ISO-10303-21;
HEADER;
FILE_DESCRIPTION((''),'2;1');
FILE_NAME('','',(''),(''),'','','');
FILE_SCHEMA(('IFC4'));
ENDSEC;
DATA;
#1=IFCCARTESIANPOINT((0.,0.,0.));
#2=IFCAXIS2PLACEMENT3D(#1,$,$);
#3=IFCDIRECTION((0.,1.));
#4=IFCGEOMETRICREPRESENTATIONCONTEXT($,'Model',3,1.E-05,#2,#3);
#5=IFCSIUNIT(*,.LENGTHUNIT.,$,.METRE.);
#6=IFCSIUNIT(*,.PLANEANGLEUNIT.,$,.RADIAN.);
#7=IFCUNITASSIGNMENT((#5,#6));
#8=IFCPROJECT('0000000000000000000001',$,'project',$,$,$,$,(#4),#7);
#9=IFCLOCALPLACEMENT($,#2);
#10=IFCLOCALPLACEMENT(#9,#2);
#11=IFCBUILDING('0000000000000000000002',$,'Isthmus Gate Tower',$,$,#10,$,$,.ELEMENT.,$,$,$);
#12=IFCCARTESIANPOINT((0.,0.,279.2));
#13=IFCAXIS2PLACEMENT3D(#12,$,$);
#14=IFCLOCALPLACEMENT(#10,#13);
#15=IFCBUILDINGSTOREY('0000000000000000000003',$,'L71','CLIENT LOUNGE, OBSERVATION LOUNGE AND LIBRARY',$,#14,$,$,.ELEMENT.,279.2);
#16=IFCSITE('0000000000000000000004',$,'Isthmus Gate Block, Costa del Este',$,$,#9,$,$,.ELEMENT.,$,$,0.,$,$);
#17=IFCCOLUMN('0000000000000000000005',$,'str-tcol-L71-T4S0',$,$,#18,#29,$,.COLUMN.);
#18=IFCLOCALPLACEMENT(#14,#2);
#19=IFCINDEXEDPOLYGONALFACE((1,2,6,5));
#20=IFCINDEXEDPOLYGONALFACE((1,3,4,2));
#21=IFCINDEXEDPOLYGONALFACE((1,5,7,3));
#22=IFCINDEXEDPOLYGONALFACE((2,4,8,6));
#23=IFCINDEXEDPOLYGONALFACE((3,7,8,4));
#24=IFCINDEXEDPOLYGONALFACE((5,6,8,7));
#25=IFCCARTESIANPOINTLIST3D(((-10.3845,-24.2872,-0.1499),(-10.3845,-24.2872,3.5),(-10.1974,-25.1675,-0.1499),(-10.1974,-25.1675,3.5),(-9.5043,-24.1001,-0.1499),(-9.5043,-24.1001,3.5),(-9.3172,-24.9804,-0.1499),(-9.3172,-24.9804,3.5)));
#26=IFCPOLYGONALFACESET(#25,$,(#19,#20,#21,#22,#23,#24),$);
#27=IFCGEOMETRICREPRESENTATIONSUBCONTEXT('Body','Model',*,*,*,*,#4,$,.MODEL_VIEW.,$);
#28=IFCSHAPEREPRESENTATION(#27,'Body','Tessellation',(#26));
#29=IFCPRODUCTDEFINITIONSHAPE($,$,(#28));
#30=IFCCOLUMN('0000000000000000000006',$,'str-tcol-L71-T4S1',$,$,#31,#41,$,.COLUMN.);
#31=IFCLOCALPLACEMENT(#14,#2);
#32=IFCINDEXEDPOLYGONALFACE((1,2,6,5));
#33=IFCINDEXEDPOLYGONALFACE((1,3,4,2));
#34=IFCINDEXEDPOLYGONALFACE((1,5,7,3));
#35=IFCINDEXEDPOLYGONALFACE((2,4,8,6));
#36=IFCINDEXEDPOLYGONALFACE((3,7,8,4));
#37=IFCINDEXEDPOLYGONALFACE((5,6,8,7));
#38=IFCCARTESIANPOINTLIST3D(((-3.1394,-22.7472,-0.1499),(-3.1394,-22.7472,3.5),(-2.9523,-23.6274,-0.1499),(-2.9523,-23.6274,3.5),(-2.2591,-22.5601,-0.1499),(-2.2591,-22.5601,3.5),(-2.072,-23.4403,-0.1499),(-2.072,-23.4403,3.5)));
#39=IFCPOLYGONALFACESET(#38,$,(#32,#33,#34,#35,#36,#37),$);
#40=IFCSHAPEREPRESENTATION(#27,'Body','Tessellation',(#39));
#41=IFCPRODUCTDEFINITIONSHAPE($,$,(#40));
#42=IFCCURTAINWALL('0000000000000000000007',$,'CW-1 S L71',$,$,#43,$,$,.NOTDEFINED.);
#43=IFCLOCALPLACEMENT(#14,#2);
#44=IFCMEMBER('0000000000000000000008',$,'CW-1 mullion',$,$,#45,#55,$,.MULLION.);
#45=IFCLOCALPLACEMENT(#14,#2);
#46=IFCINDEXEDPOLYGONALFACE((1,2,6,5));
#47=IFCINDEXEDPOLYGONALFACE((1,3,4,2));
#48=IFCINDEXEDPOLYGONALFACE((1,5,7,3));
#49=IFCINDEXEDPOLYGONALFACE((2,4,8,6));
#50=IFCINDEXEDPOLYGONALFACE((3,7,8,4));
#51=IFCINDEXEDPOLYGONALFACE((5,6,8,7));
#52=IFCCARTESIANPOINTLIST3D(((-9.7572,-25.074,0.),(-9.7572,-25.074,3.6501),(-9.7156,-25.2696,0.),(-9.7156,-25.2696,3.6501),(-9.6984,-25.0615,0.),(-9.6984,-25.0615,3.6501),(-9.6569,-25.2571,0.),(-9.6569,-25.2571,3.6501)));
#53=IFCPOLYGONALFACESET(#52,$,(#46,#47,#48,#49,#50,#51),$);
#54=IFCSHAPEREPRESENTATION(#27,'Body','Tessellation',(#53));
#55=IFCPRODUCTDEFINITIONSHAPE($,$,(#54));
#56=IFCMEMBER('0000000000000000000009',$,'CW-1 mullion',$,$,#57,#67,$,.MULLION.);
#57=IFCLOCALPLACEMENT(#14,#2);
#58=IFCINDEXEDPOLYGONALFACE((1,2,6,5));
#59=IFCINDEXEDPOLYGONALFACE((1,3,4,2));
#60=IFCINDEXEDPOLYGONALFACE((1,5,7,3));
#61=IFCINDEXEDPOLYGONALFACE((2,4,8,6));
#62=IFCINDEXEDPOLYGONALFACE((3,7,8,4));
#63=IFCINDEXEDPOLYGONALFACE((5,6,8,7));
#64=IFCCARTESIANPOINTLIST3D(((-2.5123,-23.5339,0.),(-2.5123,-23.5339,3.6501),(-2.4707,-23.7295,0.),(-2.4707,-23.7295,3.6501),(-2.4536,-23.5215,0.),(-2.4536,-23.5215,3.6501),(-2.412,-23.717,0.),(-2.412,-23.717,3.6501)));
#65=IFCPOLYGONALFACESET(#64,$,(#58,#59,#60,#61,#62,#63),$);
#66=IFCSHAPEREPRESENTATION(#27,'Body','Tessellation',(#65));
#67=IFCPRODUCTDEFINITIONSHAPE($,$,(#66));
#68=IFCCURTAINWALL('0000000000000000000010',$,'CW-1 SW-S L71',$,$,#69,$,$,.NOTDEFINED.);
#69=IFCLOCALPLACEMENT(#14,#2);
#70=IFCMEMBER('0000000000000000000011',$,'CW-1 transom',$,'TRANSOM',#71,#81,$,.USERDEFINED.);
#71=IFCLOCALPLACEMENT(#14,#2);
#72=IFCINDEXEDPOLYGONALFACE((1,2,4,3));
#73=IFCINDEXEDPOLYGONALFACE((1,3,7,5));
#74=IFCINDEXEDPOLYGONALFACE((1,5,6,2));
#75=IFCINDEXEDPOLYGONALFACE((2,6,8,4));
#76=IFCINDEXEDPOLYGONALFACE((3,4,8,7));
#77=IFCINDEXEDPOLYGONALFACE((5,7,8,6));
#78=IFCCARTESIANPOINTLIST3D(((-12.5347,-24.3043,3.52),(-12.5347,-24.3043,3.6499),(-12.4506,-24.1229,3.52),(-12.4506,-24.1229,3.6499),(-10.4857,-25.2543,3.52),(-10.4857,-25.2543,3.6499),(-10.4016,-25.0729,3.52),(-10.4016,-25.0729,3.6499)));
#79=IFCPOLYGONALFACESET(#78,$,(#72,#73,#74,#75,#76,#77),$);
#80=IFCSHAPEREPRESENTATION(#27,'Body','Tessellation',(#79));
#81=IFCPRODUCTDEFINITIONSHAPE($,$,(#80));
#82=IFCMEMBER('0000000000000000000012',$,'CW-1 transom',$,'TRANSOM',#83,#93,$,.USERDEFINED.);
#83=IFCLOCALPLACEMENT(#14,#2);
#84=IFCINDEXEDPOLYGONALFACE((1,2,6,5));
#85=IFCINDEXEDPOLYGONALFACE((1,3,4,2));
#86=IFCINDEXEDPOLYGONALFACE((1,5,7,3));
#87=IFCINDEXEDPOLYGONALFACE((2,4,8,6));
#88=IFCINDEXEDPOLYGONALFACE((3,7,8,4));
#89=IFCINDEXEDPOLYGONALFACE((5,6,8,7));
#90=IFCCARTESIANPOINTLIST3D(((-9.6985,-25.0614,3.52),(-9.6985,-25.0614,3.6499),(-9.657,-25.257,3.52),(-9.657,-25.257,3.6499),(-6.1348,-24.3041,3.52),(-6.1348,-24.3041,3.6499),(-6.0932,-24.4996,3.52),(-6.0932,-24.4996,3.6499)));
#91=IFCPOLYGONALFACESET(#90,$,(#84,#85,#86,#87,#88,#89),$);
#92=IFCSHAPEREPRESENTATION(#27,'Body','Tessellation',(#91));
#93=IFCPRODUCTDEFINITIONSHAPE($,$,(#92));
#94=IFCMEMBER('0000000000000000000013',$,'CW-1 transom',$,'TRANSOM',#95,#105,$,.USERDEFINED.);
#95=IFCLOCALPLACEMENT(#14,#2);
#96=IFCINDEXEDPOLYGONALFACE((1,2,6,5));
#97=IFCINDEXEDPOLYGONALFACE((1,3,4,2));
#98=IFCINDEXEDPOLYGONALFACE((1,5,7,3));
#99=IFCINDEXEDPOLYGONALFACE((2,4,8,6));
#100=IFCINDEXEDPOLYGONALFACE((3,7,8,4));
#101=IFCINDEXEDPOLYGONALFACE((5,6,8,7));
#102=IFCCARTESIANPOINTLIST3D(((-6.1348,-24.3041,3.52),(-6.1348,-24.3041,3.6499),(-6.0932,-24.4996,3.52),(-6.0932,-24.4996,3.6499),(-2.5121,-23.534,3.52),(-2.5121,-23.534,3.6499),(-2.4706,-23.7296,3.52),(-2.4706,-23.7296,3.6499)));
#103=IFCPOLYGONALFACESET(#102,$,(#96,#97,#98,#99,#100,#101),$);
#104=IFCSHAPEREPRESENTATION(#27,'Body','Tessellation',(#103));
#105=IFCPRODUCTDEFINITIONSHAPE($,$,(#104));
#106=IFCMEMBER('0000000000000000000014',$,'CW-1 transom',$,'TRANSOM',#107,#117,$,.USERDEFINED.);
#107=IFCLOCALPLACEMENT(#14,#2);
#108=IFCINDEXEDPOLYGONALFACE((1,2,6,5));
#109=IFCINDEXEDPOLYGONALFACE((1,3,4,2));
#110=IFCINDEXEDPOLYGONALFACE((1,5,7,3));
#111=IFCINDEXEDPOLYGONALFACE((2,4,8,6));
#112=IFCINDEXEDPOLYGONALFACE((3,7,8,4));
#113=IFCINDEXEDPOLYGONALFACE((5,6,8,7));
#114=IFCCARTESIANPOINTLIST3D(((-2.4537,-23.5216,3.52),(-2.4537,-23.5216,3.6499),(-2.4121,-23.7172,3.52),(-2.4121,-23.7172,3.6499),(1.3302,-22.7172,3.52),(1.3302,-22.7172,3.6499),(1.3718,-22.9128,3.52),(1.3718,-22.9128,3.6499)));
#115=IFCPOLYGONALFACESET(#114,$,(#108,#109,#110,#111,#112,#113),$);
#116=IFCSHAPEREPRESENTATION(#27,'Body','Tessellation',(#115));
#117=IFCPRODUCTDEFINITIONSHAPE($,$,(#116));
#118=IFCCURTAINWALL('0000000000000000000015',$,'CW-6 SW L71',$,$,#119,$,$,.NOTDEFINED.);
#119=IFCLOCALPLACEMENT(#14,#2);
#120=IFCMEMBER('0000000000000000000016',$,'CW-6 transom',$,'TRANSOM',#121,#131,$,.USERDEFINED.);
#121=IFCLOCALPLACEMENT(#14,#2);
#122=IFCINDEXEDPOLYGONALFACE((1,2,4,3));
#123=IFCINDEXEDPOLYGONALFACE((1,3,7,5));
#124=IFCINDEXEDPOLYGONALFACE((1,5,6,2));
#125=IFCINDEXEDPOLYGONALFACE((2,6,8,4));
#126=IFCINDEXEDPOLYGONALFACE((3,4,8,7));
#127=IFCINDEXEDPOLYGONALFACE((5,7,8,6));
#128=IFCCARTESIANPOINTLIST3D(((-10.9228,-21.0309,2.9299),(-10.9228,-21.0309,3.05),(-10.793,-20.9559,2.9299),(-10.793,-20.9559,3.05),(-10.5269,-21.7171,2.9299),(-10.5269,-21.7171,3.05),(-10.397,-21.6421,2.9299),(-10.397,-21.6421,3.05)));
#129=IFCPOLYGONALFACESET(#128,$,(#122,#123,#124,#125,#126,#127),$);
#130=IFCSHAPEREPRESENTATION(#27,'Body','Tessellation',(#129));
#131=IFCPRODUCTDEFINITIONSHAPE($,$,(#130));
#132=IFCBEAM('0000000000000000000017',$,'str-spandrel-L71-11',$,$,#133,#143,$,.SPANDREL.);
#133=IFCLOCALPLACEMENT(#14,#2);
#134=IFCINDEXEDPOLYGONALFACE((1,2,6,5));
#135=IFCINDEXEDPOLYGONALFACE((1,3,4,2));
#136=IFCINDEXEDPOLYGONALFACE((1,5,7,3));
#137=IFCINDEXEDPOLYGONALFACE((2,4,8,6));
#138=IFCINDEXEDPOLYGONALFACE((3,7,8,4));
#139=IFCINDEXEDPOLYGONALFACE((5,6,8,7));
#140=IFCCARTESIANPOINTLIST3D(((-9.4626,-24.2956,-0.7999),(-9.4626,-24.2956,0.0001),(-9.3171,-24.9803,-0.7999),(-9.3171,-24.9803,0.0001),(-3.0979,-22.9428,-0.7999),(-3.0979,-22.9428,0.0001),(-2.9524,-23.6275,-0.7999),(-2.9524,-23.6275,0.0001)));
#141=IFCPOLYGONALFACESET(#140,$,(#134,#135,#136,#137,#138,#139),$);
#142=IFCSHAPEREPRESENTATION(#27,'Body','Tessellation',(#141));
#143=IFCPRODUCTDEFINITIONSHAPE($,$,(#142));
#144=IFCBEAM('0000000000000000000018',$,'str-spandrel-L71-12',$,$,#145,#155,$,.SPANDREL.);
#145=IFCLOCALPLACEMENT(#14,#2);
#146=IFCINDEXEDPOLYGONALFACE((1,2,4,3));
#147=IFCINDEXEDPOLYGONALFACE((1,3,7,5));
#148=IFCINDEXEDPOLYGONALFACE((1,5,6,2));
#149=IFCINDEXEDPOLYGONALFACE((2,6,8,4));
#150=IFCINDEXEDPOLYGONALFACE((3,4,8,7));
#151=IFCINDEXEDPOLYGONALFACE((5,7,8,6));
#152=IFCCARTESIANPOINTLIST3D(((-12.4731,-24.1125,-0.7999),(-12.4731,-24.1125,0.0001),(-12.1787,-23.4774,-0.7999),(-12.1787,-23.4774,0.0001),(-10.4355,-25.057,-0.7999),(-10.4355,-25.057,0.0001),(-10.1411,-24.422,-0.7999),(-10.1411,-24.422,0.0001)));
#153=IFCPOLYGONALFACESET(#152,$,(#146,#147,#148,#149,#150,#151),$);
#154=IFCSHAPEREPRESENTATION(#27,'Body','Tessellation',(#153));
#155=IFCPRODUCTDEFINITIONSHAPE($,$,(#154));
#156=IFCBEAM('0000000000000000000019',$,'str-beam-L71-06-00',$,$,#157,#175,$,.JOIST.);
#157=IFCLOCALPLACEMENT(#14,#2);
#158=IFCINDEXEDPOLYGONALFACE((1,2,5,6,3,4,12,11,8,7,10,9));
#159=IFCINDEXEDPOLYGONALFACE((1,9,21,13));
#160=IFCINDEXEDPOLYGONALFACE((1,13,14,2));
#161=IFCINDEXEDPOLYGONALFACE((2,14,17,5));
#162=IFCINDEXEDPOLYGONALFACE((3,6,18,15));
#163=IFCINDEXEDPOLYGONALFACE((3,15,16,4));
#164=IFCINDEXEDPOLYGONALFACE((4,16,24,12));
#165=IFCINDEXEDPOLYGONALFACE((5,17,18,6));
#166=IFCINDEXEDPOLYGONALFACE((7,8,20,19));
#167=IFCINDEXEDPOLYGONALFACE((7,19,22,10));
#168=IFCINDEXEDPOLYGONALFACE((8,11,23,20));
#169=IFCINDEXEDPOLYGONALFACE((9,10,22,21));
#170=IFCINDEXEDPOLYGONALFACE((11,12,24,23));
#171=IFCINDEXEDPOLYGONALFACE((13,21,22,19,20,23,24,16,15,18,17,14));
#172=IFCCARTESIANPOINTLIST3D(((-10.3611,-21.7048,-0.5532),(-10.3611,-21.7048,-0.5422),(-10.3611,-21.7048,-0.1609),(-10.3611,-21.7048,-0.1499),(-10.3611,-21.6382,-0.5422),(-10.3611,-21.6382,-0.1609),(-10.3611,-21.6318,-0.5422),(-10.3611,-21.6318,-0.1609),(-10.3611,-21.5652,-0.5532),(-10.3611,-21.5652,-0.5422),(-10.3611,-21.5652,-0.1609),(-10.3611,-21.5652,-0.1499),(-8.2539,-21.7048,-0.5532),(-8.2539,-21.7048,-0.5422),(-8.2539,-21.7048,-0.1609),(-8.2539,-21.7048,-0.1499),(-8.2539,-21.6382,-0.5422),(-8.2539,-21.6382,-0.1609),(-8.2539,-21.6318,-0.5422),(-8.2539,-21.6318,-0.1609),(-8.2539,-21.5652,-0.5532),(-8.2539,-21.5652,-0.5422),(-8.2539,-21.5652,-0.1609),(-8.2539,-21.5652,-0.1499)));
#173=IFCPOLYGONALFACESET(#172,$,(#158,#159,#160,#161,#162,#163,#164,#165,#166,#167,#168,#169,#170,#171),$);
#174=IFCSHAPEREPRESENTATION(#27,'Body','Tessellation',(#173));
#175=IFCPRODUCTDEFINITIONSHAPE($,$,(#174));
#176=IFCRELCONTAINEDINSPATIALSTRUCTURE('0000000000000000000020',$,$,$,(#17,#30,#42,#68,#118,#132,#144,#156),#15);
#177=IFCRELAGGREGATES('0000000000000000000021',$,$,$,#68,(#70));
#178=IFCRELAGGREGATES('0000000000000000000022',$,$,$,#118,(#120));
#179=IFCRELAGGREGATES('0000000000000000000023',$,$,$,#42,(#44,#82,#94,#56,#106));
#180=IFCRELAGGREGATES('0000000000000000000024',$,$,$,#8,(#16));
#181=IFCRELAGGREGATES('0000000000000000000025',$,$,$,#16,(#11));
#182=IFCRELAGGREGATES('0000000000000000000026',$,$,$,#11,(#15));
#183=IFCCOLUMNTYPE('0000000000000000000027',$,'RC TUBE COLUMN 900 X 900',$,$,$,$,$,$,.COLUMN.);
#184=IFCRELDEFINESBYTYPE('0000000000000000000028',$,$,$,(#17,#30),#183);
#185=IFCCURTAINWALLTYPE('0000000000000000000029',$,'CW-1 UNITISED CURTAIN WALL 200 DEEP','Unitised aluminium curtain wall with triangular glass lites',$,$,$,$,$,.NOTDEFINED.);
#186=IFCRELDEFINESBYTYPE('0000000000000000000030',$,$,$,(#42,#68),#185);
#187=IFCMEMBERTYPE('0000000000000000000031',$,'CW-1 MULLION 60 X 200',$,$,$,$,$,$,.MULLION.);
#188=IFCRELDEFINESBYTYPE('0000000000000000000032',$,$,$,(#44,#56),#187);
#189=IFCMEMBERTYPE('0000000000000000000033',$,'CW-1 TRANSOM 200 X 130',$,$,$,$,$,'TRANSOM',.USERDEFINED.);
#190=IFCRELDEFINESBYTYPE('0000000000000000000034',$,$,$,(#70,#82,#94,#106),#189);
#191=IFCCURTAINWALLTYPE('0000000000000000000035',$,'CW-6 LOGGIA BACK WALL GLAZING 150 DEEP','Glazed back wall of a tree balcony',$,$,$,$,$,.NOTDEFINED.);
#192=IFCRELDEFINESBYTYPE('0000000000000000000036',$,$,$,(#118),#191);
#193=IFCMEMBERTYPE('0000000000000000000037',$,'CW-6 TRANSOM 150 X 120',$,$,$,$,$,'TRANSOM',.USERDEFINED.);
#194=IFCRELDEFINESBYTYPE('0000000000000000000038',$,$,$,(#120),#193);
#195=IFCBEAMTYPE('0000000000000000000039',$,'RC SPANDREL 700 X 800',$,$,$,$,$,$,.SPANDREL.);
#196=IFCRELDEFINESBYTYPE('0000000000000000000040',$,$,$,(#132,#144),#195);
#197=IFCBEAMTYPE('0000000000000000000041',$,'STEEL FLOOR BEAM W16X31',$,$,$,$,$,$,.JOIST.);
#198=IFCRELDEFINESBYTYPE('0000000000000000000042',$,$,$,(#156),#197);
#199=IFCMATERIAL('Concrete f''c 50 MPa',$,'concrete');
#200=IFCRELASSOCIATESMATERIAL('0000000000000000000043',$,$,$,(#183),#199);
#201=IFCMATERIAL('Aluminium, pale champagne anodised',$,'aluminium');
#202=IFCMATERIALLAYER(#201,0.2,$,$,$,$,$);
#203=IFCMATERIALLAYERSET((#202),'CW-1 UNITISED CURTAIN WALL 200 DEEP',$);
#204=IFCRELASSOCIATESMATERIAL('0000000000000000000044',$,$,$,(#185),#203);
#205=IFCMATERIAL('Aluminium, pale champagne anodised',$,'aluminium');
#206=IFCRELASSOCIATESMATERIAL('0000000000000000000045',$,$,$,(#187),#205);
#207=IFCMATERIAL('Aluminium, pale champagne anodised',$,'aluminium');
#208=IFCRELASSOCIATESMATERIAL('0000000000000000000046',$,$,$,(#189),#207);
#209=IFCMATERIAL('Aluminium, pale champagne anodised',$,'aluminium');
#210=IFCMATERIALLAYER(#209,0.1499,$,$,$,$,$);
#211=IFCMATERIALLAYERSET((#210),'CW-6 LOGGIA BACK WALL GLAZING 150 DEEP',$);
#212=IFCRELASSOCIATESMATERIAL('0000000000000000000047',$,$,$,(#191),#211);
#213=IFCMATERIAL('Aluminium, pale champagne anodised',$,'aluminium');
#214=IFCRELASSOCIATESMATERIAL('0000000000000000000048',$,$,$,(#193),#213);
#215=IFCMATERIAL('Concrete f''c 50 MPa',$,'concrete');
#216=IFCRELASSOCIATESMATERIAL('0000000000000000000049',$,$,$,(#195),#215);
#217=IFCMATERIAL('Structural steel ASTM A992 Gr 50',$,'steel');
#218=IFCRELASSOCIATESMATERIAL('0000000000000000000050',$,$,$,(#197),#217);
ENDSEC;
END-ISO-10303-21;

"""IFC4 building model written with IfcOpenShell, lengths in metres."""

from ifc_helpers import new_model, si_unit, direction, frame, origin, origin_2d, place, context, subcontext, project, spatial, rectangle, i_section, extrude, material, layer, layer_set, material_profile, profile_set, type_object, element, aggregate, save


model = new_model("IFC4")

# Units and contexts
model_context = context("Model", 3, precision=1e-05, world=origin(), true_north=direction((0.0, 1.0)))
body_context = subcontext(model_context, "Body", "Model", "MODEL_VIEW")
ifc_project = project(units=[si_unit("LENGTHUNIT", "METRE"), si_unit("PLANEANGLEUNIT", "RADIAN")], contexts=[model_context])

# Site, building, storey
site_placement = place(None, origin())
site = spatial("IfcSite", under=ifc_project, at=site_placement, Name="Isthmus Gate Block, Costa del Este", CompositionType="ELEMENT", RefElevation=0.0)
building_placement = place(site_placement, origin())
building = spatial("IfcBuilding", under=site, at=building_placement, Name="Isthmus Gate Tower", CompositionType="ELEMENT")
storey_placement = place(building_placement, frame((0.0, 0.0, 279.2)))
storey = spatial("IfcBuildingStorey", under=building, at=storey_placement, Name="L71", Description="CLIENT LOUNGE, OBSERVATION LOUNGE AND LIBRARY", CompositionType="ELEMENT", Elevation=279.2)

# Columns
ifc_material_1 = material(Name="Concrete f'c 50 MPa", Category="concrete")
ifc_material_profile_1 = material_profile(ifc_material_1, rectangle(XDim=0.8999, YDim=0.8999, at=origin_2d()), Name="RC 900X900")
ifc_profile_set_1 = profile_set([ifc_material_profile_1], Name="Concrete f'c 50 MPa")
column_type = type_object("IfcColumnType", Name="RC TUBE COLUMN 900 X 900", PredefinedType="COLUMN", material=ifc_profile_set_1)
for number, where, z_axis, x_axis, name in (
    (1, (-9.8508, -24.6338, -0.1499), (0.0, 0.0, 1.0), (0.978148, 0.207912, 0.0), "str-tcol-L71-T4S0"),
    (2, (-2.6057, -23.0938, -0.1499), (0.0, 0.0, 1.0), (0.978148, 0.207912, 0.0), "str-tcol-L71-T4S1"),
):
    element("IfcColumn", number, at=place(storey_placement, frame(where, z_axis=z_axis, x_axis=x_axis)), inside=storey, type_object=column_type, Name=name, PredefinedType="COLUMN", context=body_context, shape_type="SweptSolid", body=[
        extrude(rectangle(XDim=0.8999, YDim=0.8999, at=origin_2d()), origin(), (0.0, 0.0, 1.0), 3.6499),
    ])

# Curtain wall, members
ifc_material_2 = material(Name="Aluminium, pale champagne anodised", Category="aluminium")
ifc_layer_1 = layer(ifc_material_2, 0.2)
ifc_layer_set_1 = layer_set([ifc_layer_1], Name="CW-1 UNITISED CURTAIN WALL 200 DEEP")
curtain_wall_type_1 = type_object("IfcCurtainWallType", Name="CW-1 UNITISED CURTAIN WALL 200 DEEP", Description="Unitised aluminium curtain wall with triangular glass lites", PredefinedType="NOTDEFINED", material=ifc_layer_set_1)
curtain_wall_1_placement = place(storey_placement, origin())
curtain_wall_1 = element("IfcCurtainWall", 3, at=curtain_wall_1_placement, inside=storey, type_object=curtain_wall_type_1, Name="CW-1 S L71", PredefinedType="NOTDEFINED")
ifc_material_3 = material(Name="Aluminium, pale champagne anodised", Category="aluminium")
ifc_material_profile_2 = material_profile(ifc_material_3, rectangle(XDim=0.0601, YDim=0.2, at=origin_2d()), Name="60x200")
ifc_profile_set_2 = profile_set([ifc_material_profile_2], Name="Aluminium, pale champagne anodised")
member_type_1 = type_object("IfcMemberType", Name="CW-1 MULLION 60 X 200", PredefinedType="MULLION", material=ifc_profile_set_2)
member_1_placement = place(storey_placement, frame((-9.707, -25.1655, 0.0), z_axis=(0.0, 0.0, 1.0), x_axis=(0.978148, 0.207912, 0.0)))
member_1 = element("IfcMember", 4, at=member_1_placement, type_object=member_type_1, Name="CW-1 mullion", PredefinedType="MULLION", context=body_context, shape_type="SweptSolid", body=[
    extrude(rectangle(XDim=0.0601, YDim=0.2, at=origin_2d()), origin(), (0.0, 0.0, 1.0), 3.6501),
])
member_2_placement = place(storey_placement, frame((-2.4622, -23.6255, 0.0), z_axis=(0.0, 0.0, 1.0), x_axis=(0.978148, 0.207912, 0.0)))
member_2 = element("IfcMember", 5, at=member_2_placement, type_object=member_type_1, Name="CW-1 mullion", PredefinedType="MULLION", context=body_context, shape_type="SweptSolid", body=[
    extrude(rectangle(XDim=0.0601, YDim=0.2, at=origin_2d()), origin(), (0.0, 0.0, 1.0), 3.6501),
])

# Curtain wall, member
curtain_wall_2_placement = place(storey_placement, origin())
curtain_wall_2 = element("IfcCurtainWall", 6, at=curtain_wall_2_placement, inside=storey, type_object=curtain_wall_type_1, Name="CW-1 SW-S L71", PredefinedType="NOTDEFINED")
ifc_material_4 = material(Name="Aluminium, pale champagne anodised", Category="aluminium")
ifc_material_profile_3 = material_profile(ifc_material_4, rectangle(XDim=0.2, YDim=0.1299, at=origin_2d()), Name="200x130")
ifc_profile_set_3 = profile_set([ifc_material_profile_3], Name="Aluminium, pale champagne anodised")
member_type_2 = type_object("IfcMemberType", Name="CW-1 TRANSOM 200 X 130", ElementType="TRANSOM", PredefinedType="USERDEFINED", material=ifc_profile_set_3)
member_3_placement = place(storey_placement, frame((-12.4927, -24.2136, 3.585), z_axis=(0.907246, -0.4206, 0.0), x_axis=(0.4206, 0.907246, 0.0)))
member_3 = element("IfcMember", 7, at=member_3_placement, type_object=member_type_2, Name="CW-1 transom", ObjectType="TRANSOM", PredefinedType="USERDEFINED", context=body_context, shape_type="SweptSolid", body=[
    extrude(rectangle(XDim=0.2, YDim=0.1299, at=origin_2d()), origin(), (0.0, 0.0, 1.0), 2.2585),
])

# Members
member_4_placement = place(storey_placement, frame((-9.6777, -25.1592, 3.585), z_axis=(0.978157, 0.207868, 0.0), x_axis=(-0.207868, 0.978157, 0.0)))
member_4 = element("IfcMember", 8, at=member_4_placement, type_object=member_type_2, Name="CW-1 transom", ObjectType="TRANSOM", PredefinedType="USERDEFINED", context=body_context, shape_type="SweptSolid", body=[
    extrude(rectangle(XDim=0.2, YDim=0.1299, at=origin_2d()), origin(), (0.0, 0.0, 1.0), 3.6433),
])
member_5_placement = place(storey_placement, frame((-6.114, -24.4019, 3.585), z_axis=(0.978146, 0.207917, 0.0), x_axis=(-0.207917, 0.978146, 0.0)))
member_5 = element("IfcMember", 9, at=member_5_placement, type_object=member_type_2, Name="CW-1 transom", ObjectType="TRANSOM", PredefinedType="USERDEFINED", context=body_context, shape_type="SweptSolid", body=[
    extrude(rectangle(XDim=0.2, YDim=0.1299, at=origin_2d()), origin(), (0.0, 0.0, 1.0), 3.7036),
])
member_6_placement = place(storey_placement, frame((-2.4329, -23.6194, 3.585), z_axis=(0.97814, 0.207947, 0.0), x_axis=(-0.207947, 0.97814, 0.0)))
member_6 = element("IfcMember", 10, at=member_6_placement, type_object=member_type_2, Name="CW-1 transom", ObjectType="TRANSOM", PredefinedType="USERDEFINED", context=body_context, shape_type="SweptSolid", body=[
    extrude(rectangle(XDim=0.2, YDim=0.1299, at=origin_2d()), origin(), (0.0, 0.0, 1.0), 3.8684),
])

# Curtain wall, member
ifc_material_5 = material(Name="Aluminium, pale champagne anodised", Category="aluminium")
ifc_layer_2 = layer(ifc_material_5, 0.1499)
ifc_layer_set_2 = layer_set([ifc_layer_2], Name="CW-6 LOGGIA BACK WALL GLAZING 150 DEEP")
curtain_wall_type_2 = type_object("IfcCurtainWallType", Name="CW-6 LOGGIA BACK WALL GLAZING 150 DEEP", Description="Glazed back wall of a tree balcony", PredefinedType="NOTDEFINED", material=ifc_layer_set_2)
curtain_wall_3_placement = place(storey_placement, origin())
curtain_wall_3 = element("IfcCurtainWall", 11, at=curtain_wall_3_placement, inside=storey, type_object=curtain_wall_type_2, Name="CW-6 SW L71", PredefinedType="NOTDEFINED")
ifc_material_6 = material(Name="Aluminium, pale champagne anodised", Category="aluminium")
ifc_material_profile_4 = material_profile(ifc_material_6, rectangle(XDim=0.1499, YDim=0.1201, at=origin_2d()), Name="150x120")
ifc_profile_set_4 = profile_set([ifc_material_profile_4], Name="Aluminium, pale champagne anodised")
member_type_3 = type_object("IfcMemberType", Name="CW-6 TRANSOM 150 X 120", ElementType="TRANSOM", PredefinedType="USERDEFINED", material=ifc_profile_set_4)
member_7_placement = place(storey_placement, frame((-10.8579, -20.9934, 2.99), z_axis=(0.499785, -0.86615, 0.0), x_axis=(0.86615, 0.499785, 0.0)))
member_7 = element("IfcMember", 12, at=member_7_placement, type_object=member_type_3, Name="CW-6 transom", ObjectType="TRANSOM", PredefinedType="USERDEFINED", context=body_context, shape_type="SweptSolid", body=[
    extrude(rectangle(XDim=0.1499, YDim=0.1201, at=origin_2d()), origin(), (0.0, 0.0, 1.0), 0.7922),
])

# Beams
ifc_material_7 = material(Name="Concrete f'c 50 MPa", Category="concrete")
ifc_material_profile_5 = material_profile(ifc_material_7, rectangle(XDim=0.7, YDim=0.8, at=origin_2d()), Name="RC 700X800")
ifc_profile_set_5 = profile_set([ifc_material_profile_5], Name="Concrete f'c 50 MPa")
beam_type_1 = type_object("IfcBeamType", Name="RC SPANDREL 700 X 800", PredefinedType="SPANDREL", material=ifc_profile_set_5)
beam_1_placement = place(storey_placement, frame((-3.0251, -23.2852, -0.3999), z_axis=(-0.97815, -0.207899, 0.0), x_axis=(0.207899, -0.97815, 0.0)))
element("IfcBeam", 13, at=beam_1_placement, inside=storey, type_object=beam_type_1, Name="str-spandrel-L71-11", PredefinedType="SPANDREL", context=body_context, shape_type="SweptSolid", body=[
    extrude(rectangle(XDim=0.7, YDim=0.8, at=origin_2d()), origin(), (0.0, 0.0, 1.0), 6.5068),
])
beam_2_placement = place(storey_placement, frame((-10.2883, -24.7395, -0.3999), z_axis=(-0.907255, 0.420581, 0.0), x_axis=(-0.420581, -0.907255, 0.0)))
element("IfcBeam", 14, at=beam_2_placement, inside=storey, type_object=beam_type_1, Name="str-spandrel-L71-12", PredefinedType="SPANDREL", context=body_context, shape_type="SweptSolid", body=[
    extrude(rectangle(XDim=0.7, YDim=0.8, at=origin_2d()), origin(), (0.0, 0.0, 1.0), 2.2458),
])
ifc_material_8 = material(Name="Structural steel ASTM A992 Gr 50", Category="steel")
ifc_material_profile_6 = material_profile(ifc_material_8, i_section(OverallWidth=0.1396, OverallDepth=0.4033, WebThickness=0.0063, FlangeThickness=0.011, at=origin_2d()), Name="W16X31")
ifc_profile_set_6 = profile_set([ifc_material_profile_6], Name="Structural steel ASTM A992 Gr 50")
beam_type_2 = type_object("IfcBeamType", Name="STEEL FLOOR BEAM W16X31", PredefinedType="JOIST", material=ifc_profile_set_6)
beam_3_placement = place(storey_placement, frame((-10.3611, -21.635, -0.3516), z_axis=(1.0, 0.0, 0.0), x_axis=(0.0, 1.0, 0.0)))
element("IfcBeam", 15, at=beam_3_placement, inside=storey, type_object=beam_type_2, Name="str-beam-L71-06-00", PredefinedType="JOIST", context=body_context, shape_type="SweptSolid", body=[
    extrude(i_section(OverallWidth=0.1396, OverallDepth=0.4033, WebThickness=0.0063, FlangeThickness=0.011, at=origin_2d()), origin(), (0.0, 0.0, 1.0), 2.1072),
])

aggregate(curtain_wall_2, [member_3])
aggregate(curtain_wall_3, [member_7])

aggregate(curtain_wall_1, [member_1, member_4, member_5, member_2, member_6])

save(model, "model.ifc")
